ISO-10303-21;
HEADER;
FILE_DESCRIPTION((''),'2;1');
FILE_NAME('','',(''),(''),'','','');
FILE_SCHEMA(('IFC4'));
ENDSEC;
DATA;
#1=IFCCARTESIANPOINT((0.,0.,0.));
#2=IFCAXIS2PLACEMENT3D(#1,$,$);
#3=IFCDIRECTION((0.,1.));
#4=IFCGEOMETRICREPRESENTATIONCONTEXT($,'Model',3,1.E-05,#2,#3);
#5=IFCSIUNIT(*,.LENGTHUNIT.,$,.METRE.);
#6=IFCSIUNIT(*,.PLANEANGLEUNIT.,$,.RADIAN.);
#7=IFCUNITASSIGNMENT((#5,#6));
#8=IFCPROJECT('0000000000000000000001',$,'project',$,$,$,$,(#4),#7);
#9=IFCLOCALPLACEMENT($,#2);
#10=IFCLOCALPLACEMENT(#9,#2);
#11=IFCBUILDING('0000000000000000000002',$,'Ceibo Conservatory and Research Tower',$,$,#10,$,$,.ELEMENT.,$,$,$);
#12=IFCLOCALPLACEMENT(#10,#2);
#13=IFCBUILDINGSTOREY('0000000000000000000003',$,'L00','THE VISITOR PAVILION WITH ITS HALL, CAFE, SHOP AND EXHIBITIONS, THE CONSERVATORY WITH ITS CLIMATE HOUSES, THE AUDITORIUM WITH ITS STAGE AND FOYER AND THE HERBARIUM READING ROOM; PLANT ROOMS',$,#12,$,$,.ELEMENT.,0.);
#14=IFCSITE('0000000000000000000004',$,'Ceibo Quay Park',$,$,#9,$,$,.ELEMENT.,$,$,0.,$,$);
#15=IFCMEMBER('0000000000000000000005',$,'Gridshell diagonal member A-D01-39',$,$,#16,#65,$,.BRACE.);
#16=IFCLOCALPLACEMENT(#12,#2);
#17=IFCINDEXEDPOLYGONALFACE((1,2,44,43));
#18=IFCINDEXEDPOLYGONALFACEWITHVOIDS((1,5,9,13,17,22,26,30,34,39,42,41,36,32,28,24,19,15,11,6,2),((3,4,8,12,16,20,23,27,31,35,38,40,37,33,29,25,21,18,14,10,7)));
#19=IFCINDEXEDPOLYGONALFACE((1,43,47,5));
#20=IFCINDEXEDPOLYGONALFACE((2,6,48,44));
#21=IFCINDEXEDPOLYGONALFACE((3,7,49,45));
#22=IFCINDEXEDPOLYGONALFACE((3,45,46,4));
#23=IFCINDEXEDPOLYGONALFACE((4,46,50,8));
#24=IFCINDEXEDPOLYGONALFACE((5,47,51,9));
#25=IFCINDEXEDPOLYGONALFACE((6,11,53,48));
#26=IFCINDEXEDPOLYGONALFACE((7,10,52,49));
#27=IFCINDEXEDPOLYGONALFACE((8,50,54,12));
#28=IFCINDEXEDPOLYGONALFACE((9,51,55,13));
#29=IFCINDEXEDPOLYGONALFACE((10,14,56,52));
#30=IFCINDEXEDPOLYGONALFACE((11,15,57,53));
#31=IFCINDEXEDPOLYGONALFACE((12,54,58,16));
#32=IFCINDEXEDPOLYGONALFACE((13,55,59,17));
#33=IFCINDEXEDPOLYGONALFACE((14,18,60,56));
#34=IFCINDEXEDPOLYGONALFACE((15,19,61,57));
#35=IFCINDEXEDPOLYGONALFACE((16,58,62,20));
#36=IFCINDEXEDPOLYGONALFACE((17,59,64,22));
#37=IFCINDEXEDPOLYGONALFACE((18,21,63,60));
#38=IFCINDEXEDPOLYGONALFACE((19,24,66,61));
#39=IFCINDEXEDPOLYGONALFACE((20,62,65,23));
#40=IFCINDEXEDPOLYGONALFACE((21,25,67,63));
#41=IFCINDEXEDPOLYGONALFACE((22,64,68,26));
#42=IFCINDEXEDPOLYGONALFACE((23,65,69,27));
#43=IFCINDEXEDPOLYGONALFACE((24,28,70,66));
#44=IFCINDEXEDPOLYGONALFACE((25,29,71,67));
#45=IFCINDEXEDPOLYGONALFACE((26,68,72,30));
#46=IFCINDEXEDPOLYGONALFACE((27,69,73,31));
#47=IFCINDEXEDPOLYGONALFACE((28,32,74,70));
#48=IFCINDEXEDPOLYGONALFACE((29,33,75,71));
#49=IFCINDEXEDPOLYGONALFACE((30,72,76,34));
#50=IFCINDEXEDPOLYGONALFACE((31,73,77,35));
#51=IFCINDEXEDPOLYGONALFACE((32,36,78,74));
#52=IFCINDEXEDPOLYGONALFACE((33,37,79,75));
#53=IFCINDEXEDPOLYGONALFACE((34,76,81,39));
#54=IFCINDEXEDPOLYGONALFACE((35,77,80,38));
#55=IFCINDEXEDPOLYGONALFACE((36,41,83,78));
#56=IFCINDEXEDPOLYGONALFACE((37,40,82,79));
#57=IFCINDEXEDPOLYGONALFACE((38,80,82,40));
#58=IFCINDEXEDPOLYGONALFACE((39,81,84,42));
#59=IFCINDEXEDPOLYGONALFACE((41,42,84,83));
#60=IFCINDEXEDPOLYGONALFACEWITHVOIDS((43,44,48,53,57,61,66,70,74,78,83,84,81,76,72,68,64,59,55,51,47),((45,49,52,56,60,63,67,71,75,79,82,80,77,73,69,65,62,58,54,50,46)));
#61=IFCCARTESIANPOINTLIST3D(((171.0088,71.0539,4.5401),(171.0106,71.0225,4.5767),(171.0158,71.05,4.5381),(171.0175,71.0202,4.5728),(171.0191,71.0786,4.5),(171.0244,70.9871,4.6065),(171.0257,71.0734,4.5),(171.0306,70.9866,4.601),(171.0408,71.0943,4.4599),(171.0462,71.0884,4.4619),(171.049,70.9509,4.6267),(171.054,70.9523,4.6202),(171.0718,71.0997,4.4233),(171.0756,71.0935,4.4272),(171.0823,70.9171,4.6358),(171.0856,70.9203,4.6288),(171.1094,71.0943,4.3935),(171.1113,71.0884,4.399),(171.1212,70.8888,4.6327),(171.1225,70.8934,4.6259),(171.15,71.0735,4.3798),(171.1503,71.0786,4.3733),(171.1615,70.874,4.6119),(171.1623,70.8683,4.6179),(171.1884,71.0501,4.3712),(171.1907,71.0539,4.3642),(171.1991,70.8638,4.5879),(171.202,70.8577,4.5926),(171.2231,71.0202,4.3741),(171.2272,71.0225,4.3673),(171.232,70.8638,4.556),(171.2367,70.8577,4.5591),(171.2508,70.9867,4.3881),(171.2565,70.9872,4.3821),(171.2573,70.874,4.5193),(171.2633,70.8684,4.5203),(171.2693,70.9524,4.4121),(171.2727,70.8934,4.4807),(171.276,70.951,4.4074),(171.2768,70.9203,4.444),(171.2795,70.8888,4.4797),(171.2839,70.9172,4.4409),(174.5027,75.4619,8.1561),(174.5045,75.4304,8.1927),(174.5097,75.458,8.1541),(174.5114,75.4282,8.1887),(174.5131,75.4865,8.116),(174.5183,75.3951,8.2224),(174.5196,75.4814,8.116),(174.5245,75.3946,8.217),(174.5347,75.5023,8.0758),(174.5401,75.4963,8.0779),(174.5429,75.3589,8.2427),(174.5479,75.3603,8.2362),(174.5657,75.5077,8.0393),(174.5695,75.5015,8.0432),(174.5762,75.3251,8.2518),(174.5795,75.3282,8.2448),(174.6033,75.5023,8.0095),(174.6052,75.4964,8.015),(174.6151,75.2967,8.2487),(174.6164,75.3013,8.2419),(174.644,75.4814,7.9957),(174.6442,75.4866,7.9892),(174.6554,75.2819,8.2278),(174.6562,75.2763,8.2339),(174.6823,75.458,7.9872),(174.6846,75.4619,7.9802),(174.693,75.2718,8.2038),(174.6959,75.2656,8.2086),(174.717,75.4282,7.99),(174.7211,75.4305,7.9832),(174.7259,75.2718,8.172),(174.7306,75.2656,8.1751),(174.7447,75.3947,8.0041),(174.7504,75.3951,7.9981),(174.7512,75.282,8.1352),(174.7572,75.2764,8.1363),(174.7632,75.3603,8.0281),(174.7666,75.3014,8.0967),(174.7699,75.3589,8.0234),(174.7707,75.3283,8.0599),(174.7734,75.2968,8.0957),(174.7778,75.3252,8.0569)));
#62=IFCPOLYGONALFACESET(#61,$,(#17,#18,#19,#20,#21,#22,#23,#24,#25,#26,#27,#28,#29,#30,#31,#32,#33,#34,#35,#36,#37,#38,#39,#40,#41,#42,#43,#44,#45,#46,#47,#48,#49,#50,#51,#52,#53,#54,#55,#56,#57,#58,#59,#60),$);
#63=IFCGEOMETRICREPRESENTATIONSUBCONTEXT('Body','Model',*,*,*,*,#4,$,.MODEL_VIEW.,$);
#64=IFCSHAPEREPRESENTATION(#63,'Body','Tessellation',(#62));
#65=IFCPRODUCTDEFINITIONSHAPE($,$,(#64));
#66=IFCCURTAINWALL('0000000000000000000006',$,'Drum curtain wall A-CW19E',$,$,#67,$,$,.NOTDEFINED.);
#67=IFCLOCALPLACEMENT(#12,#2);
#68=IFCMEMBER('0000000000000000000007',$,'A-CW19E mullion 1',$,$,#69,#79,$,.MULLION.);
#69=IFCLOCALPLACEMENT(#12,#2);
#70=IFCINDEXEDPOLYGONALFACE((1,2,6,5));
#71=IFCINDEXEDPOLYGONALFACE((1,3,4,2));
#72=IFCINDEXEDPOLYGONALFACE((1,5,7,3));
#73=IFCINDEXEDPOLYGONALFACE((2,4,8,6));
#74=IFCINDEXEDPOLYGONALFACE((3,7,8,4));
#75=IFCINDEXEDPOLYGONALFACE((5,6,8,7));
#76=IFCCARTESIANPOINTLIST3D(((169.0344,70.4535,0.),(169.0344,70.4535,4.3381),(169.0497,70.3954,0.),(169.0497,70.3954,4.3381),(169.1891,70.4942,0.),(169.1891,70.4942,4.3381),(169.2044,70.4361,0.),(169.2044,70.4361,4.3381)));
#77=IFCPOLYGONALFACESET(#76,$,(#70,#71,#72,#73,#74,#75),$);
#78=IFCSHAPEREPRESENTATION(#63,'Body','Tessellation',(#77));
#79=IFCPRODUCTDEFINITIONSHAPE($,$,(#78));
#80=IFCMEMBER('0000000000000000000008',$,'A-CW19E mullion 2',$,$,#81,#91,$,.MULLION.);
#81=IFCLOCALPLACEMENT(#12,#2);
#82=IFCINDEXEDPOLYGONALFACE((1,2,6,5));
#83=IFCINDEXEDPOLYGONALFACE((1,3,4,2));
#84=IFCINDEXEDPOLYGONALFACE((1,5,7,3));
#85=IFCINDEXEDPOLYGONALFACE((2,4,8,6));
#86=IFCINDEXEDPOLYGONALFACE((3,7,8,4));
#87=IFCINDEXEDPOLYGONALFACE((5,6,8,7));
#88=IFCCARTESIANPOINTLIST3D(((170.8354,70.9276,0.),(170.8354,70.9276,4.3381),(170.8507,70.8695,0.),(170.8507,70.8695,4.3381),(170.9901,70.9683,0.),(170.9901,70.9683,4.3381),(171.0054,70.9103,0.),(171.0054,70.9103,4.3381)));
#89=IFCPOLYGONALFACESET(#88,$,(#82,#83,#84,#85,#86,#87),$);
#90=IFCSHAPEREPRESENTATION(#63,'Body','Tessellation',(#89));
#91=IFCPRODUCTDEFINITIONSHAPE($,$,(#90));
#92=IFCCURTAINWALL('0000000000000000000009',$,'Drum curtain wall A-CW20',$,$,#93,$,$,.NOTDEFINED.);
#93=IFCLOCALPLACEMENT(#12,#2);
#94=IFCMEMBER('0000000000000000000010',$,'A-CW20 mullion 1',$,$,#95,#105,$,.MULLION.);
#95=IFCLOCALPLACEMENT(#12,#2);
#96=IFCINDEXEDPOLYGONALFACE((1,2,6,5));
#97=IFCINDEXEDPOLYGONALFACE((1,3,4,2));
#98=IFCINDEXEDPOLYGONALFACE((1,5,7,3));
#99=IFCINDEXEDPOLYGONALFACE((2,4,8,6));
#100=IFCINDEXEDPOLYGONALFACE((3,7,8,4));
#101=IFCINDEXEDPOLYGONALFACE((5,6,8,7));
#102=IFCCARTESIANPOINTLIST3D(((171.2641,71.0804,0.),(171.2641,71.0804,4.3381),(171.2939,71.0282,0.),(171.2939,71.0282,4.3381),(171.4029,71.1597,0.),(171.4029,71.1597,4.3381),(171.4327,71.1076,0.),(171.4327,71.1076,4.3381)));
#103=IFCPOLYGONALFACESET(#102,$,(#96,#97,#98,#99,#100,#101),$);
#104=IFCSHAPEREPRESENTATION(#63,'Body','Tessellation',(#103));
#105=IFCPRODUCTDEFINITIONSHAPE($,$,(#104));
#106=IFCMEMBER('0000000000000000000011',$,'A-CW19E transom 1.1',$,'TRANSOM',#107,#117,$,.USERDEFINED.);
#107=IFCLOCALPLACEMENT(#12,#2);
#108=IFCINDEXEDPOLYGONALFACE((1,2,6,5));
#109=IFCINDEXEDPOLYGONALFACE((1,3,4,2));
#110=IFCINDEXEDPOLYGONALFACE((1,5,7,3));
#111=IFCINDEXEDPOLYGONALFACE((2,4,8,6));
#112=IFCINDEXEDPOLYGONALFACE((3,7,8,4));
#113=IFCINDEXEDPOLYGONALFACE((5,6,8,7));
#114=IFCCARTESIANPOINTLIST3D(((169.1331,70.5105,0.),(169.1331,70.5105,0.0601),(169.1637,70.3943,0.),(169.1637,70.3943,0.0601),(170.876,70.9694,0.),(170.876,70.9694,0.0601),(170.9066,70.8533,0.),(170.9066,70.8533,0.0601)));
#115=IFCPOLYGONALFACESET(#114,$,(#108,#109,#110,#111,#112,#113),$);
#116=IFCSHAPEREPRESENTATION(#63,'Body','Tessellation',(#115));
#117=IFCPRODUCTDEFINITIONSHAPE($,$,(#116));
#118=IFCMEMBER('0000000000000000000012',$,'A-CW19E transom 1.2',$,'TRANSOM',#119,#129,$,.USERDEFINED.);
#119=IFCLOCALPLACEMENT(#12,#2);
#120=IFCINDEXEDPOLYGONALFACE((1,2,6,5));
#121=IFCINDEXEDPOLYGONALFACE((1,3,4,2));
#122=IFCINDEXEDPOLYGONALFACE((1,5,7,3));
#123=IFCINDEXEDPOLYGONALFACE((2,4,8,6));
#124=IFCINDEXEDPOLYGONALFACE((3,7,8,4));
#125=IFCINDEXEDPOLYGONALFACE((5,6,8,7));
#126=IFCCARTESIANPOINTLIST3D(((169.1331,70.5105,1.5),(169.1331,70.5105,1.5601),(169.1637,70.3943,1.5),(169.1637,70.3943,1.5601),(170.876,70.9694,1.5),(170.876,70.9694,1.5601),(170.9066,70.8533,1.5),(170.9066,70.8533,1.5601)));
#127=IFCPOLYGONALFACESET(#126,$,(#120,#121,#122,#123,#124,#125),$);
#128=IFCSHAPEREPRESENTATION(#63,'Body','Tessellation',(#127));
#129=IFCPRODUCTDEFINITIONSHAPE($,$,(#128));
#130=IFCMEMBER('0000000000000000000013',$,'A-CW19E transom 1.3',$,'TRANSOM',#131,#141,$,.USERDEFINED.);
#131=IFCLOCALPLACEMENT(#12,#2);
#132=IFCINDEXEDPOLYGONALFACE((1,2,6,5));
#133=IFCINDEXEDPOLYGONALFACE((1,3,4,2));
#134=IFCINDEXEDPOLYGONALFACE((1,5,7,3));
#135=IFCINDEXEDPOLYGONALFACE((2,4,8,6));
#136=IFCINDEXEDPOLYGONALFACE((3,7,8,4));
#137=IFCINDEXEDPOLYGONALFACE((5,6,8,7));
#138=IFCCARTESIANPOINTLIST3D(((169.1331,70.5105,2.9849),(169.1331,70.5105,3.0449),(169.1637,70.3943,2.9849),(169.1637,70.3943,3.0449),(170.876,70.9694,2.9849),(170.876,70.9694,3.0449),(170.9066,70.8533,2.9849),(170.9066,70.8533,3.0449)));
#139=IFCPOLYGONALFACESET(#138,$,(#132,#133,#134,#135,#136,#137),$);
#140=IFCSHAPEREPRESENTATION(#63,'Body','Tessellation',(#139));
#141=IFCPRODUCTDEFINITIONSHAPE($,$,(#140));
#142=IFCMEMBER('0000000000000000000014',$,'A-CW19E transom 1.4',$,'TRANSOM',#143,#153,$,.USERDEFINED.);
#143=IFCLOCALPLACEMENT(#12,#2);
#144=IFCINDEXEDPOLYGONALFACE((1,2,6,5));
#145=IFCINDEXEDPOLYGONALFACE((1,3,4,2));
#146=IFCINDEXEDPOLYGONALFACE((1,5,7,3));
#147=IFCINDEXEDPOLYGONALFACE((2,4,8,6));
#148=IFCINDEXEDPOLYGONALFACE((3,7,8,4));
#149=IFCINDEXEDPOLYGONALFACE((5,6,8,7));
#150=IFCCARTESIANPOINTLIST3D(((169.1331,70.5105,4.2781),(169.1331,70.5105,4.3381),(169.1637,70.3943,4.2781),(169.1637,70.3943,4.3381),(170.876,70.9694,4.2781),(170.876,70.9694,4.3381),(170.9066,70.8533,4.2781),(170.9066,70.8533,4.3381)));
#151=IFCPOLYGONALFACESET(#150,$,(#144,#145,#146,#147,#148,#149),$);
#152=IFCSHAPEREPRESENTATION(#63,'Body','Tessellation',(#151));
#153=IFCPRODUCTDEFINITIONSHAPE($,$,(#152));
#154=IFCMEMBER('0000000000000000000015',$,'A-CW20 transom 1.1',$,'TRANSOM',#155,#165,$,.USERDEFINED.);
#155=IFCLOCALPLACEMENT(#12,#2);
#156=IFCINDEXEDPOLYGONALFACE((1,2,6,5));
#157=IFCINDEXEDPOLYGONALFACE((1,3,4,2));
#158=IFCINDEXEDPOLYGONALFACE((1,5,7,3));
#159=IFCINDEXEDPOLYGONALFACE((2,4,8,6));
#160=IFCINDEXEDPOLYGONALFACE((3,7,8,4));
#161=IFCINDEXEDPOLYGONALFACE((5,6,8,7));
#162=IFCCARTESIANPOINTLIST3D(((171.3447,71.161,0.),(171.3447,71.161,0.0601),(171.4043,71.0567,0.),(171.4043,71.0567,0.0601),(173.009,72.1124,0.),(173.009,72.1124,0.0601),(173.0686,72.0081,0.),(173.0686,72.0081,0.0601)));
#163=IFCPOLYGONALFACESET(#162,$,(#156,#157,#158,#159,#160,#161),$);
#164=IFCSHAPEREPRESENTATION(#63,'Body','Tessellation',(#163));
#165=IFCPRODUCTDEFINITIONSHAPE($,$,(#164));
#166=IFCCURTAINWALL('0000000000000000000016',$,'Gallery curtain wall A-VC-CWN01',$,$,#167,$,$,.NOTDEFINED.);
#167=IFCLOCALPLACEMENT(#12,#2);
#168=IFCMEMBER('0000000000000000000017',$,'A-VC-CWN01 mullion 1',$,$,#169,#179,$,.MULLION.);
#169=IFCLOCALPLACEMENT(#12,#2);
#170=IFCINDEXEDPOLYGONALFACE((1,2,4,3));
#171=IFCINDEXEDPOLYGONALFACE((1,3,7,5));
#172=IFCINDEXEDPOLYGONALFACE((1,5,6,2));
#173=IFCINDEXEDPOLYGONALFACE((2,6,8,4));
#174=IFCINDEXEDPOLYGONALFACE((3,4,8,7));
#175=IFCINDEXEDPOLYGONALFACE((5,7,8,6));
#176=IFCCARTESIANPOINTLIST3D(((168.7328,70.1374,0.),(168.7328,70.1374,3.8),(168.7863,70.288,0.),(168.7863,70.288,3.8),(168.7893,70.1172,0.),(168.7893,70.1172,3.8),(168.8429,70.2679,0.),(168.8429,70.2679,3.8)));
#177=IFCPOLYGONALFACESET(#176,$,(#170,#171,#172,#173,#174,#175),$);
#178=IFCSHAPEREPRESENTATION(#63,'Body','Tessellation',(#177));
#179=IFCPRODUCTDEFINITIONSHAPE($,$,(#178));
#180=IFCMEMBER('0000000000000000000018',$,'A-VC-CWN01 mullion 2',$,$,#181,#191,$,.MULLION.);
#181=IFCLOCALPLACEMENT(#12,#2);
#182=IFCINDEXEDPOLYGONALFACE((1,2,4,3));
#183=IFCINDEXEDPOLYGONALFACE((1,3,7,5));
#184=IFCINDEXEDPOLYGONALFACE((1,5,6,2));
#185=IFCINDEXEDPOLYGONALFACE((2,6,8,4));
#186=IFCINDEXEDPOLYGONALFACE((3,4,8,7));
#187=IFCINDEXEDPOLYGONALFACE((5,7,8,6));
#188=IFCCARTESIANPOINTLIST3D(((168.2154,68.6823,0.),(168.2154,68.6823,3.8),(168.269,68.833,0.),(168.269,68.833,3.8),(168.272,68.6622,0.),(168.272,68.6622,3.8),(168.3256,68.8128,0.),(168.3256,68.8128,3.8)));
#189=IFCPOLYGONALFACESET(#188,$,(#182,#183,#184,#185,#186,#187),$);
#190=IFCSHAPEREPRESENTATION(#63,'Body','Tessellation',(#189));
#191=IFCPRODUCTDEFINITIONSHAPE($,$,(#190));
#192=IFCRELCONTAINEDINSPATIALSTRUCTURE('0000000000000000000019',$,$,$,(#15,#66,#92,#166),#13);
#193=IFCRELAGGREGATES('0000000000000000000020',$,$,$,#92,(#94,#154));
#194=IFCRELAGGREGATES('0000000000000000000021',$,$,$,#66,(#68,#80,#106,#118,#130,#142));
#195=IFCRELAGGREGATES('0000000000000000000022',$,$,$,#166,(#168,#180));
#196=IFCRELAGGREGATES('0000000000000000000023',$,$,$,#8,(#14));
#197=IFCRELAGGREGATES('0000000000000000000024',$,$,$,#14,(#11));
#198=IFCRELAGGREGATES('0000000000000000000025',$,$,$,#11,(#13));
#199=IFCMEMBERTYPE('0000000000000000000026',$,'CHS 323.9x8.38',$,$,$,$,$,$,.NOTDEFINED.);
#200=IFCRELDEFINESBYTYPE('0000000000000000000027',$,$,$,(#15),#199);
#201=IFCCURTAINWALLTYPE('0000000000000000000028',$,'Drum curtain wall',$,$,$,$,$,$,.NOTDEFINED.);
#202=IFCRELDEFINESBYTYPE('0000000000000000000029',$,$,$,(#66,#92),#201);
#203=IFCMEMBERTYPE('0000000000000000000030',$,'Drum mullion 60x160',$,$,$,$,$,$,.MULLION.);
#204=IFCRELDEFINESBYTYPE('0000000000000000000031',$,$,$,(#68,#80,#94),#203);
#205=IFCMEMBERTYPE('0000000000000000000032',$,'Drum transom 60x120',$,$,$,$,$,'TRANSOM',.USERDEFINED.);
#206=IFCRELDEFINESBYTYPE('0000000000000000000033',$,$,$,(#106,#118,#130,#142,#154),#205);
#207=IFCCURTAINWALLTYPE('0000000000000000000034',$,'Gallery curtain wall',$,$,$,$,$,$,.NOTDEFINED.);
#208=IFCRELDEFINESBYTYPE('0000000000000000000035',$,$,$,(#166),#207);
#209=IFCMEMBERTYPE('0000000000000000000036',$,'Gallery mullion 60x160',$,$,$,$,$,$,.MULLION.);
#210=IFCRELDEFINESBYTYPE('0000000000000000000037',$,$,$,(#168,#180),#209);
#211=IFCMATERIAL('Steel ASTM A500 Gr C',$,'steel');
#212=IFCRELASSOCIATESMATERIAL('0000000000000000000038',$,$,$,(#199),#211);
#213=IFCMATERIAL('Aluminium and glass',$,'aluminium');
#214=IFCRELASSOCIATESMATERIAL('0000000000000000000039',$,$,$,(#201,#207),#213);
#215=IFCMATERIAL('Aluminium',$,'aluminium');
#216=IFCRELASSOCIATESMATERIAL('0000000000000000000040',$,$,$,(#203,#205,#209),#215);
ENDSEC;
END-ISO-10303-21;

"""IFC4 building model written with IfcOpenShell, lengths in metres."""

from ifc_helpers import new_model, si_unit, direction, frame, origin, origin_2d, place, context, subcontext, project, spatial, rectangle, hollow_circle, extrude, material, material_profile, profile_set, type_object, element, aggregate, save


model = new_model("IFC4")

# Units and contexts
model_context = context("Model", 3, precision=1e-05, world=origin(), true_north=direction((0.0, 1.0)))
body_context = subcontext(model_context, "Body", "Model", "MODEL_VIEW")
ifc_project = project(units=[si_unit("LENGTHUNIT", "METRE"), si_unit("PLANEANGLEUNIT", "RADIAN")], contexts=[model_context])

# Site, building, storey
site_placement = place(None, origin())
site = spatial("IfcSite", under=ifc_project, at=site_placement, Name="Ceibo Quay Park", CompositionType="ELEMENT", RefElevation=0.0)
building_placement = place(site_placement, origin())
building = spatial("IfcBuilding", under=site, at=building_placement, Name="Ceibo Conservatory and Research Tower", CompositionType="ELEMENT")
storey_placement = place(building_placement, origin())
storey = spatial("IfcBuildingStorey", under=building, at=storey_placement, Name="L00", Description="THE VISITOR PAVILION WITH ITS HALL, CAFE, SHOP AND EXHIBITIONS, THE CONSERVATORY WITH ITS CLIMATE HOUSES, THE AUDITORIUM WITH ITS STAGE AND FOYER AND THE HERBARIUM READING ROOM; PLANT ROOMS", CompositionType="ELEMENT", Elevation=0.0)

# Shared definitions
ifc_material_1 = material(Name="Steel ASTM A500 Gr C", Category="steel")

# Member
ifc_material_profile_1 = material_profile(ifc_material_1, hollow_circle(Radius=0.1619, WallThickness=0.0083, at=origin_2d()), Name="CHS 323.9x8.38")
ifc_profile_set_1 = profile_set([ifc_material_profile_1], Name="Steel ASTM A500 Gr C")
member_type_1 = type_object("IfcMemberType", Name="CHS 323.9x8.38", PredefinedType="NOTDEFINED", material=ifc_profile_set_1)
member_1_placement = place(storey_placement, frame((171.146, 70.978, 4.5), z_axis=(0.52251, 0.659208, 0.540766), x_axis=(-0.783677, 0.621169, 0.0)))
element("IfcMember", 1, at=member_1_placement, inside=storey, type_object=member_type_1, Name="Gridshell diagonal member A-D01-39", PredefinedType="BRACE", context=body_context, shape_type="SweptSolid", body=[
    extrude(hollow_circle(Radius=0.1619, WallThickness=0.0083, at=origin_2d()), origin(), (0.0, 0.0, 1.0), 6.6868),
])

# Curtain wall, members
ifc_material_2 = material(Name="Aluminium and glass", Category="aluminium")
curtain_wall_type_1 = type_object("IfcCurtainWallType", Name="Drum curtain wall", PredefinedType="NOTDEFINED", material=ifc_material_2)
curtain_wall_1_placement = place(storey_placement, origin())
curtain_wall_1 = element("IfcCurtainWall", 2, at=curtain_wall_1_placement, inside=storey, type_object=curtain_wall_type_1, Name="Drum curtain wall A-CW19E", PredefinedType="NOTDEFINED")
ifc_material_3 = material(Name="Aluminium", Category="aluminium")
ifc_material_profile_2 = material_profile(ifc_material_3, rectangle(XDim=0.0601, YDim=0.1599, at=origin_2d()), Name="AL 60x160")
ifc_profile_set_2 = profile_set([ifc_material_profile_2], Name="Aluminium")
member_type_2 = type_object("IfcMemberType", Name="Drum mullion 60x160", PredefinedType="MULLION", material=ifc_profile_set_2)
member_2_placement = place(storey_placement, frame((169.1194, 70.4448, 0.0), z_axis=(0.0, 0.0, 1.0), x_axis=(-0.254602, 0.967046, 0.0)))
member_2 = element("IfcMember", 3, at=member_2_placement, type_object=member_type_2, Name="A-CW19E mullion 1", PredefinedType="MULLION", context=body_context, shape_type="SweptSolid", body=[
    extrude(rectangle(XDim=0.0601, YDim=0.1599, at=origin_2d()), origin(), (0.0, 0.0, 1.0), 4.3381),
])
member_3_placement = place(storey_placement, frame((170.9204, 70.9189, 0.0), z_axis=(0.0, 0.0, 1.0), x_axis=(-0.254602, 0.967046, 0.0)))
member_3 = element("IfcMember", 4, at=member_3_placement, type_object=member_type_2, Name="A-CW19E mullion 2", PredefinedType="MULLION", context=body_context, shape_type="SweptSolid", body=[
    extrude(rectangle(XDim=0.0601, YDim=0.1599, at=origin_2d()), origin(), (0.0, 0.0, 1.0), 4.3381),
])

# Curtain wall, member
curtain_wall_2_placement = place(storey_placement, origin())
curtain_wall_2 = element("IfcCurtainWall", 5, at=curtain_wall_2_placement, inside=storey, type_object=curtain_wall_type_1, Name="Drum curtain wall A-CW20", PredefinedType="NOTDEFINED")
member_4_placement = place(storey_placement, frame((171.3484, 71.094, 0.0), z_axis=(0.0, 0.0, 1.0), x_axis=(-0.496216, 0.868199, 0.0)))
member_4 = element("IfcMember", 6, at=member_4_placement, type_object=member_type_2, Name="A-CW20 mullion 1", PredefinedType="MULLION", context=body_context, shape_type="SweptSolid", body=[
    extrude(rectangle(XDim=0.0601, YDim=0.1599, at=origin_2d()), origin(), (0.0, 0.0, 1.0), 4.3381),
])

# Members
ifc_material_profile_3 = material_profile(ifc_material_3, rectangle(XDim=0.1201, YDim=0.0601, at=origin_2d()), Name="AL 60x120")
ifc_profile_set_3 = profile_set([ifc_material_profile_3], Name="Aluminium")
member_type_3 = type_object("IfcMemberType", Name="Drum transom 60x120", ElementType="TRANSOM", PredefinedType="USERDEFINED", material=ifc_profile_set_3)
member_5_placement = place(storey_placement, frame((169.1484, 70.4524, 0.03), z_axis=(0.967031, 0.25466, 0.0), x_axis=(-0.25466, 0.967031, 0.0)))
member_5 = element("IfcMember", 7, at=member_5_placement, type_object=member_type_3, Name="A-CW19E transom 1.1", ObjectType="TRANSOM", PredefinedType="USERDEFINED", context=body_context, shape_type="SweptSolid", body=[
    extrude(rectangle(XDim=0.1201, YDim=0.0601, at=origin_2d()), origin(), (0.0, 0.0, 1.0), 1.8022),
])
member_6_placement = place(storey_placement, frame((169.1484, 70.4524, 1.53), z_axis=(0.967031, 0.25466, 0.0), x_axis=(-0.25466, 0.967031, 0.0)))
member_6 = element("IfcMember", 8, at=member_6_placement, type_object=member_type_3, Name="A-CW19E transom 1.2", ObjectType="TRANSOM", PredefinedType="USERDEFINED", context=body_context, shape_type="SweptSolid", body=[
    extrude(rectangle(XDim=0.1201, YDim=0.0601, at=origin_2d()), origin(), (0.0, 0.0, 1.0), 1.8022),
])
member_7_placement = place(storey_placement, frame((169.1484, 70.4524, 3.0149), z_axis=(0.967031, 0.25466, 0.0), x_axis=(-0.25466, 0.967031, 0.0)))
member_7 = element("IfcMember", 9, at=member_7_placement, type_object=member_type_3, Name="A-CW19E transom 1.3", ObjectType="TRANSOM", PredefinedType="USERDEFINED", context=body_context, shape_type="SweptSolid", body=[
    extrude(rectangle(XDim=0.1201, YDim=0.0601, at=origin_2d()), origin(), (0.0, 0.0, 1.0), 1.8022),
])
member_8_placement = place(storey_placement, frame((169.1484, 70.4524, 4.3081), z_axis=(0.967031, 0.25466, 0.0), x_axis=(-0.25466, 0.967031, 0.0)))
member_8 = element("IfcMember", 10, at=member_8_placement, type_object=member_type_3, Name="A-CW19E transom 1.4", ObjectType="TRANSOM", PredefinedType="USERDEFINED", context=body_context, shape_type="SweptSolid", body=[
    extrude(rectangle(XDim=0.1201, YDim=0.0601, at=origin_2d()), origin(), (0.0, 0.0, 1.0), 1.8022),
])
member_9_placement = place(storey_placement, frame((171.3745, 71.1089, 0.03), z_axis=(0.868157, 0.49629, 0.0), x_axis=(-0.49629, 0.868157, 0.0)))
member_9 = element("IfcMember", 11, at=member_9_placement, type_object=member_type_3, Name="A-CW20 transom 1.1", ObjectType="TRANSOM", PredefinedType="USERDEFINED", context=body_context, shape_type="SweptSolid", body=[
    extrude(rectangle(XDim=0.1201, YDim=0.0601, at=origin_2d()), origin(), (0.0, 0.0, 1.0), 1.917),
])
aggregate(curtain_wall_2, [member_4, member_9])

# Curtain wall, members
curtain_wall_type_2 = type_object("IfcCurtainWallType", Name="Gallery curtain wall", PredefinedType="NOTDEFINED", material=ifc_material_2)
curtain_wall_3_placement = place(storey_placement, origin())
curtain_wall_3 = element("IfcCurtainWall", 12, at=curtain_wall_3_placement, inside=storey, type_object=curtain_wall_type_2, Name="Gallery curtain wall A-VC-CWN01", PredefinedType="NOTDEFINED")
ifc_material_profile_4 = material_profile(ifc_material_3, rectangle(XDim=0.0601, YDim=0.1599, at=origin_2d()), Name="AL 60x160")
ifc_profile_set_4 = profile_set([ifc_material_profile_4], Name="Aluminium")
member_type_4 = type_object("IfcMemberType", Name="Gallery mullion 60x160", PredefinedType="MULLION", material=ifc_profile_set_4)
member_10_placement = place(storey_placement, frame((168.7878, 70.2026, 0.0), z_axis=(0.0, 0.0, 1.0), x_axis=(0.942204, -0.33504, 0.0)))
member_10 = element("IfcMember", 13, at=member_10_placement, type_object=member_type_4, Name="A-VC-CWN01 mullion 1", PredefinedType="MULLION", context=body_context, shape_type="SweptSolid", body=[
    extrude(rectangle(XDim=0.0601, YDim=0.1599, at=origin_2d()), origin(), (0.0, 0.0, 1.0), 3.8),
])
member_11_placement = place(storey_placement, frame((168.2705, 68.7476, 0.0), z_axis=(0.0, 0.0, 1.0), x_axis=(0.942204, -0.33504, 0.0)))
member_11 = element("IfcMember", 14, at=member_11_placement, type_object=member_type_4, Name="A-VC-CWN01 mullion 2", PredefinedType="MULLION", context=body_context, shape_type="SweptSolid", body=[
    extrude(rectangle(XDim=0.0601, YDim=0.1599, at=origin_2d()), origin(), (0.0, 0.0, 1.0), 3.8),
])

aggregate(curtain_wall_1, [member_2, member_3, member_5, member_6, member_7, member_8])
aggregate(curtain_wall_3, [member_10, member_11])

save(model, "model.ifc")
